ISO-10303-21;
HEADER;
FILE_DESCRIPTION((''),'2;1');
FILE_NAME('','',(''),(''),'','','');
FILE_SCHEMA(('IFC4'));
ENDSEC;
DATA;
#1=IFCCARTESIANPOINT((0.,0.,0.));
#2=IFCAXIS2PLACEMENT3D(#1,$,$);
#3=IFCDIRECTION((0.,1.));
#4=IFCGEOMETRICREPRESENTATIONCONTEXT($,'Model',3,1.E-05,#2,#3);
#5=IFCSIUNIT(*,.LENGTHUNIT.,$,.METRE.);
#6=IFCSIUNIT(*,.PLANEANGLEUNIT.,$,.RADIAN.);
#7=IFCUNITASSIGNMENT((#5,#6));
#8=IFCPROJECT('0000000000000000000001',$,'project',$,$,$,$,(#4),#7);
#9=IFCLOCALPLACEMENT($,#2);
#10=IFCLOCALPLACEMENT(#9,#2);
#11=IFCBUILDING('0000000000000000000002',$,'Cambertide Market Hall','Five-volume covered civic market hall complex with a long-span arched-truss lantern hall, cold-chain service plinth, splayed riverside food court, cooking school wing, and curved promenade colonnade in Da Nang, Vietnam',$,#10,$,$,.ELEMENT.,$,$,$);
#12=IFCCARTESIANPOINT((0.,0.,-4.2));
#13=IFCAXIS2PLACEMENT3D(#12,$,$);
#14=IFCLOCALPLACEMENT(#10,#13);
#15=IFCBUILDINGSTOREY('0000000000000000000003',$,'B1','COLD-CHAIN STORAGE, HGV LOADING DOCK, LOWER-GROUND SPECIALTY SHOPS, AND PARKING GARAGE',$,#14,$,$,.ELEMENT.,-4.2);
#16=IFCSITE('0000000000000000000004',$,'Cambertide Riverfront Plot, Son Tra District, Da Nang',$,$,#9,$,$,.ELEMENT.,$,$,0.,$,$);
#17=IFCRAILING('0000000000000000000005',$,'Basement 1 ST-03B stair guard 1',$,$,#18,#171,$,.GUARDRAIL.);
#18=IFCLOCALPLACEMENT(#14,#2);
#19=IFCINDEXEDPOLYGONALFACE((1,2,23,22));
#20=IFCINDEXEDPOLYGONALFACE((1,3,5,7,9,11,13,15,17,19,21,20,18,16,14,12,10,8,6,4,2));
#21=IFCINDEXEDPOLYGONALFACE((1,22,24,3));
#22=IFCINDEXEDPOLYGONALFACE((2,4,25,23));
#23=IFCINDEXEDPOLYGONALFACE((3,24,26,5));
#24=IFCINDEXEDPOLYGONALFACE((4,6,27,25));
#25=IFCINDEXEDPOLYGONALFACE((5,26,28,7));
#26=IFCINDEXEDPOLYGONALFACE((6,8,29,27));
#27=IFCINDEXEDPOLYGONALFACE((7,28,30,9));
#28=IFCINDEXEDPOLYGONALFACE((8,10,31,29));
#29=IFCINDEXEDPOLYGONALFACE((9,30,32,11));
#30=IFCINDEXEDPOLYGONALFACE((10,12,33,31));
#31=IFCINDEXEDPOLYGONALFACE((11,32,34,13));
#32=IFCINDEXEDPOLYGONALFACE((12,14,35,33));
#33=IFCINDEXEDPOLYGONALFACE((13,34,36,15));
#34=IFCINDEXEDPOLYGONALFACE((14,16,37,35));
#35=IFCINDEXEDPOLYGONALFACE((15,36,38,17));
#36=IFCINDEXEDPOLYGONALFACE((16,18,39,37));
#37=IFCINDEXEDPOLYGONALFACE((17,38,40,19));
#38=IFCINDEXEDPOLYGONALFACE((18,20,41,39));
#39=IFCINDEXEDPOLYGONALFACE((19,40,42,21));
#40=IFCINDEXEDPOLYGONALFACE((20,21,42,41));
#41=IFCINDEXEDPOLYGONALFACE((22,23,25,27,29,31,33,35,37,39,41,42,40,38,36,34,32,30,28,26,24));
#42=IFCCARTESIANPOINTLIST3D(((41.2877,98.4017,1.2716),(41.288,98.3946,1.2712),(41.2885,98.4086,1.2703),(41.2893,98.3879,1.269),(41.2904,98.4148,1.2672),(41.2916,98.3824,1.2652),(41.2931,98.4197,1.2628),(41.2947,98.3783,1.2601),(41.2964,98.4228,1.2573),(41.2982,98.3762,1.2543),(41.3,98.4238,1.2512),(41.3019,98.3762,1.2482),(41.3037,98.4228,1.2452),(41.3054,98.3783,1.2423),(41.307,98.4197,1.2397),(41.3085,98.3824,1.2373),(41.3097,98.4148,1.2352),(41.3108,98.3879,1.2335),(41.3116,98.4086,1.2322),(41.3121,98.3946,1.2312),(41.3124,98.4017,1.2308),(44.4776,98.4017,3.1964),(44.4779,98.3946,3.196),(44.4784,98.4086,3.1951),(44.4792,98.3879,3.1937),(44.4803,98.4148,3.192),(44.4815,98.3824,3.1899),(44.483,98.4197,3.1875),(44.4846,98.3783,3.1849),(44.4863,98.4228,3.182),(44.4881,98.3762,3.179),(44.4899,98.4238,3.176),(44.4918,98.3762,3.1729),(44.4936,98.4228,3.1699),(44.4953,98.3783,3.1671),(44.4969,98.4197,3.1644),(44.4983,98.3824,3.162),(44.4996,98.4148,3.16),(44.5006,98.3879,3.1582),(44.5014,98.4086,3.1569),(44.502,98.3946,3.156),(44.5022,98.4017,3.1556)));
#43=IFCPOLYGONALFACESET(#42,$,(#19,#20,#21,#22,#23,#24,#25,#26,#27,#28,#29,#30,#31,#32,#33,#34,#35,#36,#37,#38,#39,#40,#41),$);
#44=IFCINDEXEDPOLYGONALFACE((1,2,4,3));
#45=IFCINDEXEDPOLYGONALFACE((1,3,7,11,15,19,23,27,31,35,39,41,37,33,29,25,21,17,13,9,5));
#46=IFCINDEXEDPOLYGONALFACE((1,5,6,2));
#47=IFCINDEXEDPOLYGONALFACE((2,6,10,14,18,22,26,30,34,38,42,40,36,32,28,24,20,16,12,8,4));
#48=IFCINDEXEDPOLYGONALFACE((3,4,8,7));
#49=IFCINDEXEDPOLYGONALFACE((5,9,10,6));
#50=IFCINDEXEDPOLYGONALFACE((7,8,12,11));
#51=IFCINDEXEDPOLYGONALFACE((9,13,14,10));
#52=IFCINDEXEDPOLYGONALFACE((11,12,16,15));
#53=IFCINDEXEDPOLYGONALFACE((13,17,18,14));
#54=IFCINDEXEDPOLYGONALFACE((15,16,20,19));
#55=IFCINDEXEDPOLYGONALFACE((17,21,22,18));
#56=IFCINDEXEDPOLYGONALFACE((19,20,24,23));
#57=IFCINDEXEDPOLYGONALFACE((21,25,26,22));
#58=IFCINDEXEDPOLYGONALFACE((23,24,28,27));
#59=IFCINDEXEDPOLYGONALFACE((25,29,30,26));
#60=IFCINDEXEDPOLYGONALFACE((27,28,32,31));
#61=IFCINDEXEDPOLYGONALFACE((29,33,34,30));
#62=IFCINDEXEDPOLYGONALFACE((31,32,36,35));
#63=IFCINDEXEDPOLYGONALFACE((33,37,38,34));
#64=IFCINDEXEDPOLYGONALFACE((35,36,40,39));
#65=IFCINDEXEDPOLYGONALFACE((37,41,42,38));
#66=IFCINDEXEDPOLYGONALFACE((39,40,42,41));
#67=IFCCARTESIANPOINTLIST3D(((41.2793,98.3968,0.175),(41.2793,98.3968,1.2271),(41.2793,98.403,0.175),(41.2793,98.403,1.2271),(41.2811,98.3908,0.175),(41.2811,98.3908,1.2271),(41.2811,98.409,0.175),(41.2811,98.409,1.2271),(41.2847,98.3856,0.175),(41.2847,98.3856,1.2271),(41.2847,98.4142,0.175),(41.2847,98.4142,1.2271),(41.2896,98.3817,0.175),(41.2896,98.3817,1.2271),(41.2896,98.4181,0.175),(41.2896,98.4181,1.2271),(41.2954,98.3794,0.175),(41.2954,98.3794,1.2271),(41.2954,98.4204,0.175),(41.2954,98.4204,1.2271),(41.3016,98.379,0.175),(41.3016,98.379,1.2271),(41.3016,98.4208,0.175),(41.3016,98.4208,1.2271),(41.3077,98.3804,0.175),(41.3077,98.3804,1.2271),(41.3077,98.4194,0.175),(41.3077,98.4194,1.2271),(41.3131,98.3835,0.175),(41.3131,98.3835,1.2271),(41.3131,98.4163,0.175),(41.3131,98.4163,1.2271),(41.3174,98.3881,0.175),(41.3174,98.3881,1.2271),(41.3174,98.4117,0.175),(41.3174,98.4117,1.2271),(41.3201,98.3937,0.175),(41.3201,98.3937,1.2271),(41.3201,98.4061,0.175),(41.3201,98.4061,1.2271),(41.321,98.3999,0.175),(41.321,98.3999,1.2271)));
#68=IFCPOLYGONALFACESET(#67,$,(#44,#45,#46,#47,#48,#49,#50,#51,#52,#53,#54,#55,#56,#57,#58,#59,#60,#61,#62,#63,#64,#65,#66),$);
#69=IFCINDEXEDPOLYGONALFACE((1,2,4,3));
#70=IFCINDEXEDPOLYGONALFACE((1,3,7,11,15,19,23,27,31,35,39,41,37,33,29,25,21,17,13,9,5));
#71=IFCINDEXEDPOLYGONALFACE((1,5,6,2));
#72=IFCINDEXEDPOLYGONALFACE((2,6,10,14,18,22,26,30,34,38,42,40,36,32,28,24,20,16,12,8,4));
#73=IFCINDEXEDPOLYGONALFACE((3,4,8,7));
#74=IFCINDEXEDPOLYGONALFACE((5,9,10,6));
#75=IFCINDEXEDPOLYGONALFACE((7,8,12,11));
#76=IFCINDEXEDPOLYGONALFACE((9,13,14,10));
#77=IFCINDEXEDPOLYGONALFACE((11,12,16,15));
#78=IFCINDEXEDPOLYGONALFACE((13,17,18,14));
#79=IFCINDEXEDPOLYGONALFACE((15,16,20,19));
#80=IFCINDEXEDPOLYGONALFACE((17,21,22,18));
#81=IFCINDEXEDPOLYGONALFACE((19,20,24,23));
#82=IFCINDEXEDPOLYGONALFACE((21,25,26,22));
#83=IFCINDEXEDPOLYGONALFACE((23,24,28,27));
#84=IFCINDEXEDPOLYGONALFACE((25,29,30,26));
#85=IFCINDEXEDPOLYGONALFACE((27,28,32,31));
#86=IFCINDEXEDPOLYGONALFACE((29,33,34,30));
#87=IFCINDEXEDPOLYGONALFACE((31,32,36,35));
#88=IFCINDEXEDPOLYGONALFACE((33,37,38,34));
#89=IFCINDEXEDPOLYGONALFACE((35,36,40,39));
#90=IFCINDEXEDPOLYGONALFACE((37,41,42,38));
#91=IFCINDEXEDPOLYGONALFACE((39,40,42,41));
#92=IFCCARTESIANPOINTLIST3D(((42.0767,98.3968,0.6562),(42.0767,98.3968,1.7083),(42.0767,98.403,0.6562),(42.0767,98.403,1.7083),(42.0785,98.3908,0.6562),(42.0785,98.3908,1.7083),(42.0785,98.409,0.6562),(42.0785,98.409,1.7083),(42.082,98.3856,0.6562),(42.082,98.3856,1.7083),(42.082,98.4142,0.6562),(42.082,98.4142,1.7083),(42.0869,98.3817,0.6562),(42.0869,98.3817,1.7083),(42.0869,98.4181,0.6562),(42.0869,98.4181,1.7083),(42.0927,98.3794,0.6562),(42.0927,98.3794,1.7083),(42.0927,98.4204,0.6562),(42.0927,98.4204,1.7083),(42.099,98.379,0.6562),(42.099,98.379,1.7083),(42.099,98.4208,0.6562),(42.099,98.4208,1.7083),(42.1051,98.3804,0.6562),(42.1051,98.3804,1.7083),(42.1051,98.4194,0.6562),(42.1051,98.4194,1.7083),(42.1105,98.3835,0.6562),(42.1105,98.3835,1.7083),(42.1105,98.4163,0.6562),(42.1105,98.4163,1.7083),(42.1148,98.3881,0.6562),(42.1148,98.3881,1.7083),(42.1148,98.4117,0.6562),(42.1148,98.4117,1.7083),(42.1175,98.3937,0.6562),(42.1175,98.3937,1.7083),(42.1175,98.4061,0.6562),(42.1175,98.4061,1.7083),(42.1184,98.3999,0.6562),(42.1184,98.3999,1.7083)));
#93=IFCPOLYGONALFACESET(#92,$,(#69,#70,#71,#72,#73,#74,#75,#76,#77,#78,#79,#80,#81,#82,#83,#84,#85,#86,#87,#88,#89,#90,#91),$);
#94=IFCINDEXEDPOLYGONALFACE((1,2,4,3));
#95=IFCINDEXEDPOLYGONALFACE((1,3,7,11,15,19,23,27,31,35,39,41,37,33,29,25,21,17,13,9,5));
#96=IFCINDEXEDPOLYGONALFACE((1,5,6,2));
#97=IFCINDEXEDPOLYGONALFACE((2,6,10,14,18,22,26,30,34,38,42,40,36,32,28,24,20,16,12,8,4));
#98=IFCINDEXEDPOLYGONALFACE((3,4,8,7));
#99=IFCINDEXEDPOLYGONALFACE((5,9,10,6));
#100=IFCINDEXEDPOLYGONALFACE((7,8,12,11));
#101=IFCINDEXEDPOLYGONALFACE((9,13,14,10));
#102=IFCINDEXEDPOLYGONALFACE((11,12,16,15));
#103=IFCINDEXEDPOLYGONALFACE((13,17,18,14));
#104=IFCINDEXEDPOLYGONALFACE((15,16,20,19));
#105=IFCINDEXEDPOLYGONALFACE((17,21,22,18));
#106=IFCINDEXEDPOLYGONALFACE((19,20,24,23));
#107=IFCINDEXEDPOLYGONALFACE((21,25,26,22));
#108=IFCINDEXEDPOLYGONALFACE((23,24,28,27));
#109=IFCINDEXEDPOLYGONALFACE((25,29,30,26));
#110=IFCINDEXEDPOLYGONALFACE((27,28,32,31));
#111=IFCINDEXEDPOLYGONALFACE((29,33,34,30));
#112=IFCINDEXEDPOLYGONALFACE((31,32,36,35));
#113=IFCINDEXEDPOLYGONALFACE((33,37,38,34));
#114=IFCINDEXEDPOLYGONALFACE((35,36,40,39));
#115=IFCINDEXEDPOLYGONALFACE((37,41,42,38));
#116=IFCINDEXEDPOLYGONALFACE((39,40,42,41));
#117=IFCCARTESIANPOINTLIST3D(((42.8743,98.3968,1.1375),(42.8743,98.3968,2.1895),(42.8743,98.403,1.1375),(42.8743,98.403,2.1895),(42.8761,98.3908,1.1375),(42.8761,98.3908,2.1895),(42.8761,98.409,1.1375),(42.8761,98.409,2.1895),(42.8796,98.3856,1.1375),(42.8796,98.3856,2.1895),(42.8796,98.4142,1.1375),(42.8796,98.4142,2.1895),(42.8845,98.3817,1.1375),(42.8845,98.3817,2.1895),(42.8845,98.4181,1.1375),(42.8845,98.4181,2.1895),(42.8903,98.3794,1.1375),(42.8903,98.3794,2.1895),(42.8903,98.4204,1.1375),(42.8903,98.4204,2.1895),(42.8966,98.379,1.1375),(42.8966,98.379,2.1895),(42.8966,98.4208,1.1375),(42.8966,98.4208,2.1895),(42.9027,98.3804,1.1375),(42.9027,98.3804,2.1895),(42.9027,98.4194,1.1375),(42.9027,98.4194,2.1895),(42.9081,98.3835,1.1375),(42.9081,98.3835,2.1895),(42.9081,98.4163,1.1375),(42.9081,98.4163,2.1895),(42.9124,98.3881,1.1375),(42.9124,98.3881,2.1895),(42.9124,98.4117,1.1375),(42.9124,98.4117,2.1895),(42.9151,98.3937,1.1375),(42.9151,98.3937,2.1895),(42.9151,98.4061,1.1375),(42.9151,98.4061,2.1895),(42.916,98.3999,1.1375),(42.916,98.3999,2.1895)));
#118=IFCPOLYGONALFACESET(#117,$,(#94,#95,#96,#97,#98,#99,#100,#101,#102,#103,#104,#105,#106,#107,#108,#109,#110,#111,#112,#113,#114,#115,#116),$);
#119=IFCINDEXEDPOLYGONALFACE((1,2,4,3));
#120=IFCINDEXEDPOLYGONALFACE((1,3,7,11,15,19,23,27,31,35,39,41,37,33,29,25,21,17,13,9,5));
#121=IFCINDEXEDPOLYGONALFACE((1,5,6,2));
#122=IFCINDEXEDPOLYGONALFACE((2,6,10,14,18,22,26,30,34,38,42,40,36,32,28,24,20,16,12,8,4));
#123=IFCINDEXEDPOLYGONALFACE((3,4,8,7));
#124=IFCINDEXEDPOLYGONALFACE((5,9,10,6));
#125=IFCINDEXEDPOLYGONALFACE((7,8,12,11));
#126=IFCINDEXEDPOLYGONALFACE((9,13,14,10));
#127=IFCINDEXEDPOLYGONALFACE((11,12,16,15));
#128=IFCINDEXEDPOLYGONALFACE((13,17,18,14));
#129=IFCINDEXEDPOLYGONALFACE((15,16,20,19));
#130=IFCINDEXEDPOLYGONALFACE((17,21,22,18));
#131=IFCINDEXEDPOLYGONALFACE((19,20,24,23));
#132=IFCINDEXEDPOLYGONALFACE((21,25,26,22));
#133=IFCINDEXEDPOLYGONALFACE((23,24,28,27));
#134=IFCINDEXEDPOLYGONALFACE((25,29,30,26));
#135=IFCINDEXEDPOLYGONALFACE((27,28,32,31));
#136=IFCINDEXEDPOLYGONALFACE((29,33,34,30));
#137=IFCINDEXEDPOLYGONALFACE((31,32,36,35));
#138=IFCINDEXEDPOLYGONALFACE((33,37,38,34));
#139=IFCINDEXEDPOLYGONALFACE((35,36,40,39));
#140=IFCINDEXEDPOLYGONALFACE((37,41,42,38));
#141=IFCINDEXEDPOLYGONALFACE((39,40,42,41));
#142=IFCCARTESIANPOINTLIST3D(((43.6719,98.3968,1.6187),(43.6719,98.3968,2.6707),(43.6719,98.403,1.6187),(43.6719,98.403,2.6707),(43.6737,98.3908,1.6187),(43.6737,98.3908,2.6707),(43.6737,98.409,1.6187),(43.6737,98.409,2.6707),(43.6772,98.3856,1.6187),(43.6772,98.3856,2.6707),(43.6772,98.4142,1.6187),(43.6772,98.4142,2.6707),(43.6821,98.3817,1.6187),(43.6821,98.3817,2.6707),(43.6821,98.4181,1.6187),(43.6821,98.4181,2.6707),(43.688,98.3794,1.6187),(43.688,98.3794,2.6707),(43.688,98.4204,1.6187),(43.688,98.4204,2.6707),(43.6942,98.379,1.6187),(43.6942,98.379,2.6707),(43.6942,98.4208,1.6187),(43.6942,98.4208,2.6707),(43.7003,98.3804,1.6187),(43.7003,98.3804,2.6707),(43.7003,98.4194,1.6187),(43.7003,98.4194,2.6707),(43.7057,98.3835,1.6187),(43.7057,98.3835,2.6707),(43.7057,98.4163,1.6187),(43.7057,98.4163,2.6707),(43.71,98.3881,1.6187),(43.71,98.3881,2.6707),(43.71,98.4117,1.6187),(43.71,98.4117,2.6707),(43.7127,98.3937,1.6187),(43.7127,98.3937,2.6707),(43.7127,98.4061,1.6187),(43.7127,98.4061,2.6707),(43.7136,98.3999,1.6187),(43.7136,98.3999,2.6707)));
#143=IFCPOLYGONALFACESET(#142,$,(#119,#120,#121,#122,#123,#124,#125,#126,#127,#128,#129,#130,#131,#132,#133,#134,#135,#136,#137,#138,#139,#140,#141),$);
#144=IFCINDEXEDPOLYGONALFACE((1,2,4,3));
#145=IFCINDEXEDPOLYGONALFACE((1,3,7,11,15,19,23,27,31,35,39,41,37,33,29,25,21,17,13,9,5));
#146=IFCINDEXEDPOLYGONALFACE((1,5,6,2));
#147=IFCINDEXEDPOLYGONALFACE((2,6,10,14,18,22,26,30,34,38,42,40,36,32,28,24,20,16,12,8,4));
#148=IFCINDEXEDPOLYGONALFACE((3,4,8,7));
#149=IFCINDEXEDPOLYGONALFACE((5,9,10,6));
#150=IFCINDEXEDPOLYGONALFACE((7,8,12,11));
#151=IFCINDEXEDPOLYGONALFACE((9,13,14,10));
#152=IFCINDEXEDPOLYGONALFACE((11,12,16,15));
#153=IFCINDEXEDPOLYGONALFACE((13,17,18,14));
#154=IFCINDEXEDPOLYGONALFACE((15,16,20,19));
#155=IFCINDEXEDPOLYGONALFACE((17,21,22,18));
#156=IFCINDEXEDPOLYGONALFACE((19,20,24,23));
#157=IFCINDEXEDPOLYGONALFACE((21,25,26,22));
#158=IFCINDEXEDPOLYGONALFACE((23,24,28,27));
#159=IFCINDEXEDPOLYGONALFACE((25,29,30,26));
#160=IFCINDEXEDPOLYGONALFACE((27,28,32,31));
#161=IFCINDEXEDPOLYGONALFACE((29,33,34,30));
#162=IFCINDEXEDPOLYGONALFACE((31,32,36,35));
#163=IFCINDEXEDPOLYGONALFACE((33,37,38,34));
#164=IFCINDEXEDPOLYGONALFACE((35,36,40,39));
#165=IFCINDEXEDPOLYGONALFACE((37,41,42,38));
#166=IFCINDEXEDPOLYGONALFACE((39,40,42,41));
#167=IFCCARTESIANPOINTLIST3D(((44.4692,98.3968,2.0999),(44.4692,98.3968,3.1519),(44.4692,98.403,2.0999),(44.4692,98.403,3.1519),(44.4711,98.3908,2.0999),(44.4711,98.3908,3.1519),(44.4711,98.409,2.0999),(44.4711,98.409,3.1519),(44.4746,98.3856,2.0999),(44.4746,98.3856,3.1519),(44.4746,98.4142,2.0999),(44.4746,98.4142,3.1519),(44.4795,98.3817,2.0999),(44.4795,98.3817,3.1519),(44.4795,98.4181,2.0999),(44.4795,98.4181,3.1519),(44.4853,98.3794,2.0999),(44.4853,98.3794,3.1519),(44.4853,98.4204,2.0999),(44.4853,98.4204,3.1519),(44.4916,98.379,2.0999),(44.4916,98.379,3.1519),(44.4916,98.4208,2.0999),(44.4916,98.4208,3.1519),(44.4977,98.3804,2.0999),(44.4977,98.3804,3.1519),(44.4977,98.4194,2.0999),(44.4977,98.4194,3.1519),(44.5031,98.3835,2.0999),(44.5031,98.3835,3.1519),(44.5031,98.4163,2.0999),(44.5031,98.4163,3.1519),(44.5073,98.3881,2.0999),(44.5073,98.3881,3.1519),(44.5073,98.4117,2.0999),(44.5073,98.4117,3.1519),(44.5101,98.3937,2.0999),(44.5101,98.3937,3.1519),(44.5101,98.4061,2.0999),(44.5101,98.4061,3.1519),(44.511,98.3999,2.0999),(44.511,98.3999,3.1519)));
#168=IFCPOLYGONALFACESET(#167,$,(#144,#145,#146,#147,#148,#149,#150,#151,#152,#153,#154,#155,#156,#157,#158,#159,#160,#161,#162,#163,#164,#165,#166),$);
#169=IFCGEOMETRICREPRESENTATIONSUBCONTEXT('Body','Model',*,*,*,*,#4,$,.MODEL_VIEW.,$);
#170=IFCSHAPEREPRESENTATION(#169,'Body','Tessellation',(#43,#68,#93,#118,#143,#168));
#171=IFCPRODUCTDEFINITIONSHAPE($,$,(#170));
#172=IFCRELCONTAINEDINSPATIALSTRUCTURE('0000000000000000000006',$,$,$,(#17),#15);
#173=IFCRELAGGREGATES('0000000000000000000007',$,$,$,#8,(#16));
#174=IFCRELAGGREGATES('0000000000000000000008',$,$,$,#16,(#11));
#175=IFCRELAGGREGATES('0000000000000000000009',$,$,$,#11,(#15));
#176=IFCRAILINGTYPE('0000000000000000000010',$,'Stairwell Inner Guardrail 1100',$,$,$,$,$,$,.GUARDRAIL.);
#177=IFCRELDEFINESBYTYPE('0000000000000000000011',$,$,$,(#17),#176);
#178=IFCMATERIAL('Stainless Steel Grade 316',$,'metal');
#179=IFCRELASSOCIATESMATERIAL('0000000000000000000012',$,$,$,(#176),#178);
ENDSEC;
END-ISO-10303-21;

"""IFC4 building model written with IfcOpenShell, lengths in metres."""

from ifc_helpers import new_model, si_unit, direction, frame, origin, origin_2d, place, context, subcontext, project, spatial, circle, extrude, material, type_object, element, save


model = new_model("IFC4")

# Units and contexts
model_context = context("Model", 3, precision=1e-05, world=origin(), true_north=direction((0.0, 1.0)))
body_context = subcontext(model_context, "Body", "Model", "MODEL_VIEW")
ifc_project = project(units=[si_unit("LENGTHUNIT", "METRE"), si_unit("PLANEANGLEUNIT", "RADIAN")], contexts=[model_context])

# Site, building, storey
site_placement = place(None, origin())
site = spatial("IfcSite", under=ifc_project, at=site_placement, Name="Cambertide Riverfront Plot, Son Tra District, Da Nang", CompositionType="ELEMENT", RefElevation=0.0)
building_placement = place(site_placement, origin())
building = spatial("IfcBuilding", under=site, at=building_placement, Name="Cambertide Market Hall", Description="Five-volume covered civic market hall complex with a long-span arched-truss lantern hall, cold-chain service plinth, splayed riverside food court, cooking school wing, and curved promenade colonnade in Da Nang, Vietnam", CompositionType="ELEMENT")
storey_placement = place(building_placement, frame((0.0, 0.0, -4.2)))
storey = spatial("IfcBuildingStorey", under=building, at=storey_placement, Name="B1", Description="COLD-CHAIN STORAGE, HGV LOADING DOCK, LOWER-GROUND SPECIALTY SHOPS, AND PARKING GARAGE", CompositionType="ELEMENT", Elevation=-4.2)

# Railing
ifc_material_1 = material(Name="Stainless Steel Grade 316", Category="metal")
railing_type_1 = type_object("IfcRailingType", Name="Stairwell Inner Guardrail 1100", PredefinedType="GUARDRAIL", material=ifc_material_1)
railing_1_placement = place(storey_placement, frame((41.3, 98.3999, 0.175)))
element("IfcRailing", 1, at=railing_1_placement, inside=storey, type_object=railing_type_1, Name="Basement 1 ST-03B stair guard 1", PredefinedType="GUARDRAIL", context=body_context, shape_type="SweptSolid", body=[
    extrude(circle(Radius=0.0239, at=origin_2d()), frame((0.0, 0.0, 1.0762), z_axis=(0.856207, 0.0, 0.516633), x_axis=(0.0, 1.0, 0.0)), (0.0, 0.0, 1.0), 3.7256),
    extrude(circle(Radius=0.021, at=origin_2d()), origin(), (0.0, 0.0, 1.0), 1.052),
    extrude(circle(Radius=0.021, at=origin_2d()), frame((0.7974, 0.0, 0.4812)), (0.0, 0.0, 1.0), 1.052),
    extrude(circle(Radius=0.021, at=origin_2d()), frame((1.595, 0.0, 0.9624)), (0.0, 0.0, 1.0), 1.052),
    extrude(circle(Radius=0.021, at=origin_2d()), frame((2.3926, 0.0, 1.4436)), (0.0, 0.0, 1.0), 1.052),
    extrude(circle(Radius=0.021, at=origin_2d()), frame((3.1899, 0.0, 1.9248)), (0.0, 0.0, 1.0), 1.052),
])

save(model, "model.ifc")
